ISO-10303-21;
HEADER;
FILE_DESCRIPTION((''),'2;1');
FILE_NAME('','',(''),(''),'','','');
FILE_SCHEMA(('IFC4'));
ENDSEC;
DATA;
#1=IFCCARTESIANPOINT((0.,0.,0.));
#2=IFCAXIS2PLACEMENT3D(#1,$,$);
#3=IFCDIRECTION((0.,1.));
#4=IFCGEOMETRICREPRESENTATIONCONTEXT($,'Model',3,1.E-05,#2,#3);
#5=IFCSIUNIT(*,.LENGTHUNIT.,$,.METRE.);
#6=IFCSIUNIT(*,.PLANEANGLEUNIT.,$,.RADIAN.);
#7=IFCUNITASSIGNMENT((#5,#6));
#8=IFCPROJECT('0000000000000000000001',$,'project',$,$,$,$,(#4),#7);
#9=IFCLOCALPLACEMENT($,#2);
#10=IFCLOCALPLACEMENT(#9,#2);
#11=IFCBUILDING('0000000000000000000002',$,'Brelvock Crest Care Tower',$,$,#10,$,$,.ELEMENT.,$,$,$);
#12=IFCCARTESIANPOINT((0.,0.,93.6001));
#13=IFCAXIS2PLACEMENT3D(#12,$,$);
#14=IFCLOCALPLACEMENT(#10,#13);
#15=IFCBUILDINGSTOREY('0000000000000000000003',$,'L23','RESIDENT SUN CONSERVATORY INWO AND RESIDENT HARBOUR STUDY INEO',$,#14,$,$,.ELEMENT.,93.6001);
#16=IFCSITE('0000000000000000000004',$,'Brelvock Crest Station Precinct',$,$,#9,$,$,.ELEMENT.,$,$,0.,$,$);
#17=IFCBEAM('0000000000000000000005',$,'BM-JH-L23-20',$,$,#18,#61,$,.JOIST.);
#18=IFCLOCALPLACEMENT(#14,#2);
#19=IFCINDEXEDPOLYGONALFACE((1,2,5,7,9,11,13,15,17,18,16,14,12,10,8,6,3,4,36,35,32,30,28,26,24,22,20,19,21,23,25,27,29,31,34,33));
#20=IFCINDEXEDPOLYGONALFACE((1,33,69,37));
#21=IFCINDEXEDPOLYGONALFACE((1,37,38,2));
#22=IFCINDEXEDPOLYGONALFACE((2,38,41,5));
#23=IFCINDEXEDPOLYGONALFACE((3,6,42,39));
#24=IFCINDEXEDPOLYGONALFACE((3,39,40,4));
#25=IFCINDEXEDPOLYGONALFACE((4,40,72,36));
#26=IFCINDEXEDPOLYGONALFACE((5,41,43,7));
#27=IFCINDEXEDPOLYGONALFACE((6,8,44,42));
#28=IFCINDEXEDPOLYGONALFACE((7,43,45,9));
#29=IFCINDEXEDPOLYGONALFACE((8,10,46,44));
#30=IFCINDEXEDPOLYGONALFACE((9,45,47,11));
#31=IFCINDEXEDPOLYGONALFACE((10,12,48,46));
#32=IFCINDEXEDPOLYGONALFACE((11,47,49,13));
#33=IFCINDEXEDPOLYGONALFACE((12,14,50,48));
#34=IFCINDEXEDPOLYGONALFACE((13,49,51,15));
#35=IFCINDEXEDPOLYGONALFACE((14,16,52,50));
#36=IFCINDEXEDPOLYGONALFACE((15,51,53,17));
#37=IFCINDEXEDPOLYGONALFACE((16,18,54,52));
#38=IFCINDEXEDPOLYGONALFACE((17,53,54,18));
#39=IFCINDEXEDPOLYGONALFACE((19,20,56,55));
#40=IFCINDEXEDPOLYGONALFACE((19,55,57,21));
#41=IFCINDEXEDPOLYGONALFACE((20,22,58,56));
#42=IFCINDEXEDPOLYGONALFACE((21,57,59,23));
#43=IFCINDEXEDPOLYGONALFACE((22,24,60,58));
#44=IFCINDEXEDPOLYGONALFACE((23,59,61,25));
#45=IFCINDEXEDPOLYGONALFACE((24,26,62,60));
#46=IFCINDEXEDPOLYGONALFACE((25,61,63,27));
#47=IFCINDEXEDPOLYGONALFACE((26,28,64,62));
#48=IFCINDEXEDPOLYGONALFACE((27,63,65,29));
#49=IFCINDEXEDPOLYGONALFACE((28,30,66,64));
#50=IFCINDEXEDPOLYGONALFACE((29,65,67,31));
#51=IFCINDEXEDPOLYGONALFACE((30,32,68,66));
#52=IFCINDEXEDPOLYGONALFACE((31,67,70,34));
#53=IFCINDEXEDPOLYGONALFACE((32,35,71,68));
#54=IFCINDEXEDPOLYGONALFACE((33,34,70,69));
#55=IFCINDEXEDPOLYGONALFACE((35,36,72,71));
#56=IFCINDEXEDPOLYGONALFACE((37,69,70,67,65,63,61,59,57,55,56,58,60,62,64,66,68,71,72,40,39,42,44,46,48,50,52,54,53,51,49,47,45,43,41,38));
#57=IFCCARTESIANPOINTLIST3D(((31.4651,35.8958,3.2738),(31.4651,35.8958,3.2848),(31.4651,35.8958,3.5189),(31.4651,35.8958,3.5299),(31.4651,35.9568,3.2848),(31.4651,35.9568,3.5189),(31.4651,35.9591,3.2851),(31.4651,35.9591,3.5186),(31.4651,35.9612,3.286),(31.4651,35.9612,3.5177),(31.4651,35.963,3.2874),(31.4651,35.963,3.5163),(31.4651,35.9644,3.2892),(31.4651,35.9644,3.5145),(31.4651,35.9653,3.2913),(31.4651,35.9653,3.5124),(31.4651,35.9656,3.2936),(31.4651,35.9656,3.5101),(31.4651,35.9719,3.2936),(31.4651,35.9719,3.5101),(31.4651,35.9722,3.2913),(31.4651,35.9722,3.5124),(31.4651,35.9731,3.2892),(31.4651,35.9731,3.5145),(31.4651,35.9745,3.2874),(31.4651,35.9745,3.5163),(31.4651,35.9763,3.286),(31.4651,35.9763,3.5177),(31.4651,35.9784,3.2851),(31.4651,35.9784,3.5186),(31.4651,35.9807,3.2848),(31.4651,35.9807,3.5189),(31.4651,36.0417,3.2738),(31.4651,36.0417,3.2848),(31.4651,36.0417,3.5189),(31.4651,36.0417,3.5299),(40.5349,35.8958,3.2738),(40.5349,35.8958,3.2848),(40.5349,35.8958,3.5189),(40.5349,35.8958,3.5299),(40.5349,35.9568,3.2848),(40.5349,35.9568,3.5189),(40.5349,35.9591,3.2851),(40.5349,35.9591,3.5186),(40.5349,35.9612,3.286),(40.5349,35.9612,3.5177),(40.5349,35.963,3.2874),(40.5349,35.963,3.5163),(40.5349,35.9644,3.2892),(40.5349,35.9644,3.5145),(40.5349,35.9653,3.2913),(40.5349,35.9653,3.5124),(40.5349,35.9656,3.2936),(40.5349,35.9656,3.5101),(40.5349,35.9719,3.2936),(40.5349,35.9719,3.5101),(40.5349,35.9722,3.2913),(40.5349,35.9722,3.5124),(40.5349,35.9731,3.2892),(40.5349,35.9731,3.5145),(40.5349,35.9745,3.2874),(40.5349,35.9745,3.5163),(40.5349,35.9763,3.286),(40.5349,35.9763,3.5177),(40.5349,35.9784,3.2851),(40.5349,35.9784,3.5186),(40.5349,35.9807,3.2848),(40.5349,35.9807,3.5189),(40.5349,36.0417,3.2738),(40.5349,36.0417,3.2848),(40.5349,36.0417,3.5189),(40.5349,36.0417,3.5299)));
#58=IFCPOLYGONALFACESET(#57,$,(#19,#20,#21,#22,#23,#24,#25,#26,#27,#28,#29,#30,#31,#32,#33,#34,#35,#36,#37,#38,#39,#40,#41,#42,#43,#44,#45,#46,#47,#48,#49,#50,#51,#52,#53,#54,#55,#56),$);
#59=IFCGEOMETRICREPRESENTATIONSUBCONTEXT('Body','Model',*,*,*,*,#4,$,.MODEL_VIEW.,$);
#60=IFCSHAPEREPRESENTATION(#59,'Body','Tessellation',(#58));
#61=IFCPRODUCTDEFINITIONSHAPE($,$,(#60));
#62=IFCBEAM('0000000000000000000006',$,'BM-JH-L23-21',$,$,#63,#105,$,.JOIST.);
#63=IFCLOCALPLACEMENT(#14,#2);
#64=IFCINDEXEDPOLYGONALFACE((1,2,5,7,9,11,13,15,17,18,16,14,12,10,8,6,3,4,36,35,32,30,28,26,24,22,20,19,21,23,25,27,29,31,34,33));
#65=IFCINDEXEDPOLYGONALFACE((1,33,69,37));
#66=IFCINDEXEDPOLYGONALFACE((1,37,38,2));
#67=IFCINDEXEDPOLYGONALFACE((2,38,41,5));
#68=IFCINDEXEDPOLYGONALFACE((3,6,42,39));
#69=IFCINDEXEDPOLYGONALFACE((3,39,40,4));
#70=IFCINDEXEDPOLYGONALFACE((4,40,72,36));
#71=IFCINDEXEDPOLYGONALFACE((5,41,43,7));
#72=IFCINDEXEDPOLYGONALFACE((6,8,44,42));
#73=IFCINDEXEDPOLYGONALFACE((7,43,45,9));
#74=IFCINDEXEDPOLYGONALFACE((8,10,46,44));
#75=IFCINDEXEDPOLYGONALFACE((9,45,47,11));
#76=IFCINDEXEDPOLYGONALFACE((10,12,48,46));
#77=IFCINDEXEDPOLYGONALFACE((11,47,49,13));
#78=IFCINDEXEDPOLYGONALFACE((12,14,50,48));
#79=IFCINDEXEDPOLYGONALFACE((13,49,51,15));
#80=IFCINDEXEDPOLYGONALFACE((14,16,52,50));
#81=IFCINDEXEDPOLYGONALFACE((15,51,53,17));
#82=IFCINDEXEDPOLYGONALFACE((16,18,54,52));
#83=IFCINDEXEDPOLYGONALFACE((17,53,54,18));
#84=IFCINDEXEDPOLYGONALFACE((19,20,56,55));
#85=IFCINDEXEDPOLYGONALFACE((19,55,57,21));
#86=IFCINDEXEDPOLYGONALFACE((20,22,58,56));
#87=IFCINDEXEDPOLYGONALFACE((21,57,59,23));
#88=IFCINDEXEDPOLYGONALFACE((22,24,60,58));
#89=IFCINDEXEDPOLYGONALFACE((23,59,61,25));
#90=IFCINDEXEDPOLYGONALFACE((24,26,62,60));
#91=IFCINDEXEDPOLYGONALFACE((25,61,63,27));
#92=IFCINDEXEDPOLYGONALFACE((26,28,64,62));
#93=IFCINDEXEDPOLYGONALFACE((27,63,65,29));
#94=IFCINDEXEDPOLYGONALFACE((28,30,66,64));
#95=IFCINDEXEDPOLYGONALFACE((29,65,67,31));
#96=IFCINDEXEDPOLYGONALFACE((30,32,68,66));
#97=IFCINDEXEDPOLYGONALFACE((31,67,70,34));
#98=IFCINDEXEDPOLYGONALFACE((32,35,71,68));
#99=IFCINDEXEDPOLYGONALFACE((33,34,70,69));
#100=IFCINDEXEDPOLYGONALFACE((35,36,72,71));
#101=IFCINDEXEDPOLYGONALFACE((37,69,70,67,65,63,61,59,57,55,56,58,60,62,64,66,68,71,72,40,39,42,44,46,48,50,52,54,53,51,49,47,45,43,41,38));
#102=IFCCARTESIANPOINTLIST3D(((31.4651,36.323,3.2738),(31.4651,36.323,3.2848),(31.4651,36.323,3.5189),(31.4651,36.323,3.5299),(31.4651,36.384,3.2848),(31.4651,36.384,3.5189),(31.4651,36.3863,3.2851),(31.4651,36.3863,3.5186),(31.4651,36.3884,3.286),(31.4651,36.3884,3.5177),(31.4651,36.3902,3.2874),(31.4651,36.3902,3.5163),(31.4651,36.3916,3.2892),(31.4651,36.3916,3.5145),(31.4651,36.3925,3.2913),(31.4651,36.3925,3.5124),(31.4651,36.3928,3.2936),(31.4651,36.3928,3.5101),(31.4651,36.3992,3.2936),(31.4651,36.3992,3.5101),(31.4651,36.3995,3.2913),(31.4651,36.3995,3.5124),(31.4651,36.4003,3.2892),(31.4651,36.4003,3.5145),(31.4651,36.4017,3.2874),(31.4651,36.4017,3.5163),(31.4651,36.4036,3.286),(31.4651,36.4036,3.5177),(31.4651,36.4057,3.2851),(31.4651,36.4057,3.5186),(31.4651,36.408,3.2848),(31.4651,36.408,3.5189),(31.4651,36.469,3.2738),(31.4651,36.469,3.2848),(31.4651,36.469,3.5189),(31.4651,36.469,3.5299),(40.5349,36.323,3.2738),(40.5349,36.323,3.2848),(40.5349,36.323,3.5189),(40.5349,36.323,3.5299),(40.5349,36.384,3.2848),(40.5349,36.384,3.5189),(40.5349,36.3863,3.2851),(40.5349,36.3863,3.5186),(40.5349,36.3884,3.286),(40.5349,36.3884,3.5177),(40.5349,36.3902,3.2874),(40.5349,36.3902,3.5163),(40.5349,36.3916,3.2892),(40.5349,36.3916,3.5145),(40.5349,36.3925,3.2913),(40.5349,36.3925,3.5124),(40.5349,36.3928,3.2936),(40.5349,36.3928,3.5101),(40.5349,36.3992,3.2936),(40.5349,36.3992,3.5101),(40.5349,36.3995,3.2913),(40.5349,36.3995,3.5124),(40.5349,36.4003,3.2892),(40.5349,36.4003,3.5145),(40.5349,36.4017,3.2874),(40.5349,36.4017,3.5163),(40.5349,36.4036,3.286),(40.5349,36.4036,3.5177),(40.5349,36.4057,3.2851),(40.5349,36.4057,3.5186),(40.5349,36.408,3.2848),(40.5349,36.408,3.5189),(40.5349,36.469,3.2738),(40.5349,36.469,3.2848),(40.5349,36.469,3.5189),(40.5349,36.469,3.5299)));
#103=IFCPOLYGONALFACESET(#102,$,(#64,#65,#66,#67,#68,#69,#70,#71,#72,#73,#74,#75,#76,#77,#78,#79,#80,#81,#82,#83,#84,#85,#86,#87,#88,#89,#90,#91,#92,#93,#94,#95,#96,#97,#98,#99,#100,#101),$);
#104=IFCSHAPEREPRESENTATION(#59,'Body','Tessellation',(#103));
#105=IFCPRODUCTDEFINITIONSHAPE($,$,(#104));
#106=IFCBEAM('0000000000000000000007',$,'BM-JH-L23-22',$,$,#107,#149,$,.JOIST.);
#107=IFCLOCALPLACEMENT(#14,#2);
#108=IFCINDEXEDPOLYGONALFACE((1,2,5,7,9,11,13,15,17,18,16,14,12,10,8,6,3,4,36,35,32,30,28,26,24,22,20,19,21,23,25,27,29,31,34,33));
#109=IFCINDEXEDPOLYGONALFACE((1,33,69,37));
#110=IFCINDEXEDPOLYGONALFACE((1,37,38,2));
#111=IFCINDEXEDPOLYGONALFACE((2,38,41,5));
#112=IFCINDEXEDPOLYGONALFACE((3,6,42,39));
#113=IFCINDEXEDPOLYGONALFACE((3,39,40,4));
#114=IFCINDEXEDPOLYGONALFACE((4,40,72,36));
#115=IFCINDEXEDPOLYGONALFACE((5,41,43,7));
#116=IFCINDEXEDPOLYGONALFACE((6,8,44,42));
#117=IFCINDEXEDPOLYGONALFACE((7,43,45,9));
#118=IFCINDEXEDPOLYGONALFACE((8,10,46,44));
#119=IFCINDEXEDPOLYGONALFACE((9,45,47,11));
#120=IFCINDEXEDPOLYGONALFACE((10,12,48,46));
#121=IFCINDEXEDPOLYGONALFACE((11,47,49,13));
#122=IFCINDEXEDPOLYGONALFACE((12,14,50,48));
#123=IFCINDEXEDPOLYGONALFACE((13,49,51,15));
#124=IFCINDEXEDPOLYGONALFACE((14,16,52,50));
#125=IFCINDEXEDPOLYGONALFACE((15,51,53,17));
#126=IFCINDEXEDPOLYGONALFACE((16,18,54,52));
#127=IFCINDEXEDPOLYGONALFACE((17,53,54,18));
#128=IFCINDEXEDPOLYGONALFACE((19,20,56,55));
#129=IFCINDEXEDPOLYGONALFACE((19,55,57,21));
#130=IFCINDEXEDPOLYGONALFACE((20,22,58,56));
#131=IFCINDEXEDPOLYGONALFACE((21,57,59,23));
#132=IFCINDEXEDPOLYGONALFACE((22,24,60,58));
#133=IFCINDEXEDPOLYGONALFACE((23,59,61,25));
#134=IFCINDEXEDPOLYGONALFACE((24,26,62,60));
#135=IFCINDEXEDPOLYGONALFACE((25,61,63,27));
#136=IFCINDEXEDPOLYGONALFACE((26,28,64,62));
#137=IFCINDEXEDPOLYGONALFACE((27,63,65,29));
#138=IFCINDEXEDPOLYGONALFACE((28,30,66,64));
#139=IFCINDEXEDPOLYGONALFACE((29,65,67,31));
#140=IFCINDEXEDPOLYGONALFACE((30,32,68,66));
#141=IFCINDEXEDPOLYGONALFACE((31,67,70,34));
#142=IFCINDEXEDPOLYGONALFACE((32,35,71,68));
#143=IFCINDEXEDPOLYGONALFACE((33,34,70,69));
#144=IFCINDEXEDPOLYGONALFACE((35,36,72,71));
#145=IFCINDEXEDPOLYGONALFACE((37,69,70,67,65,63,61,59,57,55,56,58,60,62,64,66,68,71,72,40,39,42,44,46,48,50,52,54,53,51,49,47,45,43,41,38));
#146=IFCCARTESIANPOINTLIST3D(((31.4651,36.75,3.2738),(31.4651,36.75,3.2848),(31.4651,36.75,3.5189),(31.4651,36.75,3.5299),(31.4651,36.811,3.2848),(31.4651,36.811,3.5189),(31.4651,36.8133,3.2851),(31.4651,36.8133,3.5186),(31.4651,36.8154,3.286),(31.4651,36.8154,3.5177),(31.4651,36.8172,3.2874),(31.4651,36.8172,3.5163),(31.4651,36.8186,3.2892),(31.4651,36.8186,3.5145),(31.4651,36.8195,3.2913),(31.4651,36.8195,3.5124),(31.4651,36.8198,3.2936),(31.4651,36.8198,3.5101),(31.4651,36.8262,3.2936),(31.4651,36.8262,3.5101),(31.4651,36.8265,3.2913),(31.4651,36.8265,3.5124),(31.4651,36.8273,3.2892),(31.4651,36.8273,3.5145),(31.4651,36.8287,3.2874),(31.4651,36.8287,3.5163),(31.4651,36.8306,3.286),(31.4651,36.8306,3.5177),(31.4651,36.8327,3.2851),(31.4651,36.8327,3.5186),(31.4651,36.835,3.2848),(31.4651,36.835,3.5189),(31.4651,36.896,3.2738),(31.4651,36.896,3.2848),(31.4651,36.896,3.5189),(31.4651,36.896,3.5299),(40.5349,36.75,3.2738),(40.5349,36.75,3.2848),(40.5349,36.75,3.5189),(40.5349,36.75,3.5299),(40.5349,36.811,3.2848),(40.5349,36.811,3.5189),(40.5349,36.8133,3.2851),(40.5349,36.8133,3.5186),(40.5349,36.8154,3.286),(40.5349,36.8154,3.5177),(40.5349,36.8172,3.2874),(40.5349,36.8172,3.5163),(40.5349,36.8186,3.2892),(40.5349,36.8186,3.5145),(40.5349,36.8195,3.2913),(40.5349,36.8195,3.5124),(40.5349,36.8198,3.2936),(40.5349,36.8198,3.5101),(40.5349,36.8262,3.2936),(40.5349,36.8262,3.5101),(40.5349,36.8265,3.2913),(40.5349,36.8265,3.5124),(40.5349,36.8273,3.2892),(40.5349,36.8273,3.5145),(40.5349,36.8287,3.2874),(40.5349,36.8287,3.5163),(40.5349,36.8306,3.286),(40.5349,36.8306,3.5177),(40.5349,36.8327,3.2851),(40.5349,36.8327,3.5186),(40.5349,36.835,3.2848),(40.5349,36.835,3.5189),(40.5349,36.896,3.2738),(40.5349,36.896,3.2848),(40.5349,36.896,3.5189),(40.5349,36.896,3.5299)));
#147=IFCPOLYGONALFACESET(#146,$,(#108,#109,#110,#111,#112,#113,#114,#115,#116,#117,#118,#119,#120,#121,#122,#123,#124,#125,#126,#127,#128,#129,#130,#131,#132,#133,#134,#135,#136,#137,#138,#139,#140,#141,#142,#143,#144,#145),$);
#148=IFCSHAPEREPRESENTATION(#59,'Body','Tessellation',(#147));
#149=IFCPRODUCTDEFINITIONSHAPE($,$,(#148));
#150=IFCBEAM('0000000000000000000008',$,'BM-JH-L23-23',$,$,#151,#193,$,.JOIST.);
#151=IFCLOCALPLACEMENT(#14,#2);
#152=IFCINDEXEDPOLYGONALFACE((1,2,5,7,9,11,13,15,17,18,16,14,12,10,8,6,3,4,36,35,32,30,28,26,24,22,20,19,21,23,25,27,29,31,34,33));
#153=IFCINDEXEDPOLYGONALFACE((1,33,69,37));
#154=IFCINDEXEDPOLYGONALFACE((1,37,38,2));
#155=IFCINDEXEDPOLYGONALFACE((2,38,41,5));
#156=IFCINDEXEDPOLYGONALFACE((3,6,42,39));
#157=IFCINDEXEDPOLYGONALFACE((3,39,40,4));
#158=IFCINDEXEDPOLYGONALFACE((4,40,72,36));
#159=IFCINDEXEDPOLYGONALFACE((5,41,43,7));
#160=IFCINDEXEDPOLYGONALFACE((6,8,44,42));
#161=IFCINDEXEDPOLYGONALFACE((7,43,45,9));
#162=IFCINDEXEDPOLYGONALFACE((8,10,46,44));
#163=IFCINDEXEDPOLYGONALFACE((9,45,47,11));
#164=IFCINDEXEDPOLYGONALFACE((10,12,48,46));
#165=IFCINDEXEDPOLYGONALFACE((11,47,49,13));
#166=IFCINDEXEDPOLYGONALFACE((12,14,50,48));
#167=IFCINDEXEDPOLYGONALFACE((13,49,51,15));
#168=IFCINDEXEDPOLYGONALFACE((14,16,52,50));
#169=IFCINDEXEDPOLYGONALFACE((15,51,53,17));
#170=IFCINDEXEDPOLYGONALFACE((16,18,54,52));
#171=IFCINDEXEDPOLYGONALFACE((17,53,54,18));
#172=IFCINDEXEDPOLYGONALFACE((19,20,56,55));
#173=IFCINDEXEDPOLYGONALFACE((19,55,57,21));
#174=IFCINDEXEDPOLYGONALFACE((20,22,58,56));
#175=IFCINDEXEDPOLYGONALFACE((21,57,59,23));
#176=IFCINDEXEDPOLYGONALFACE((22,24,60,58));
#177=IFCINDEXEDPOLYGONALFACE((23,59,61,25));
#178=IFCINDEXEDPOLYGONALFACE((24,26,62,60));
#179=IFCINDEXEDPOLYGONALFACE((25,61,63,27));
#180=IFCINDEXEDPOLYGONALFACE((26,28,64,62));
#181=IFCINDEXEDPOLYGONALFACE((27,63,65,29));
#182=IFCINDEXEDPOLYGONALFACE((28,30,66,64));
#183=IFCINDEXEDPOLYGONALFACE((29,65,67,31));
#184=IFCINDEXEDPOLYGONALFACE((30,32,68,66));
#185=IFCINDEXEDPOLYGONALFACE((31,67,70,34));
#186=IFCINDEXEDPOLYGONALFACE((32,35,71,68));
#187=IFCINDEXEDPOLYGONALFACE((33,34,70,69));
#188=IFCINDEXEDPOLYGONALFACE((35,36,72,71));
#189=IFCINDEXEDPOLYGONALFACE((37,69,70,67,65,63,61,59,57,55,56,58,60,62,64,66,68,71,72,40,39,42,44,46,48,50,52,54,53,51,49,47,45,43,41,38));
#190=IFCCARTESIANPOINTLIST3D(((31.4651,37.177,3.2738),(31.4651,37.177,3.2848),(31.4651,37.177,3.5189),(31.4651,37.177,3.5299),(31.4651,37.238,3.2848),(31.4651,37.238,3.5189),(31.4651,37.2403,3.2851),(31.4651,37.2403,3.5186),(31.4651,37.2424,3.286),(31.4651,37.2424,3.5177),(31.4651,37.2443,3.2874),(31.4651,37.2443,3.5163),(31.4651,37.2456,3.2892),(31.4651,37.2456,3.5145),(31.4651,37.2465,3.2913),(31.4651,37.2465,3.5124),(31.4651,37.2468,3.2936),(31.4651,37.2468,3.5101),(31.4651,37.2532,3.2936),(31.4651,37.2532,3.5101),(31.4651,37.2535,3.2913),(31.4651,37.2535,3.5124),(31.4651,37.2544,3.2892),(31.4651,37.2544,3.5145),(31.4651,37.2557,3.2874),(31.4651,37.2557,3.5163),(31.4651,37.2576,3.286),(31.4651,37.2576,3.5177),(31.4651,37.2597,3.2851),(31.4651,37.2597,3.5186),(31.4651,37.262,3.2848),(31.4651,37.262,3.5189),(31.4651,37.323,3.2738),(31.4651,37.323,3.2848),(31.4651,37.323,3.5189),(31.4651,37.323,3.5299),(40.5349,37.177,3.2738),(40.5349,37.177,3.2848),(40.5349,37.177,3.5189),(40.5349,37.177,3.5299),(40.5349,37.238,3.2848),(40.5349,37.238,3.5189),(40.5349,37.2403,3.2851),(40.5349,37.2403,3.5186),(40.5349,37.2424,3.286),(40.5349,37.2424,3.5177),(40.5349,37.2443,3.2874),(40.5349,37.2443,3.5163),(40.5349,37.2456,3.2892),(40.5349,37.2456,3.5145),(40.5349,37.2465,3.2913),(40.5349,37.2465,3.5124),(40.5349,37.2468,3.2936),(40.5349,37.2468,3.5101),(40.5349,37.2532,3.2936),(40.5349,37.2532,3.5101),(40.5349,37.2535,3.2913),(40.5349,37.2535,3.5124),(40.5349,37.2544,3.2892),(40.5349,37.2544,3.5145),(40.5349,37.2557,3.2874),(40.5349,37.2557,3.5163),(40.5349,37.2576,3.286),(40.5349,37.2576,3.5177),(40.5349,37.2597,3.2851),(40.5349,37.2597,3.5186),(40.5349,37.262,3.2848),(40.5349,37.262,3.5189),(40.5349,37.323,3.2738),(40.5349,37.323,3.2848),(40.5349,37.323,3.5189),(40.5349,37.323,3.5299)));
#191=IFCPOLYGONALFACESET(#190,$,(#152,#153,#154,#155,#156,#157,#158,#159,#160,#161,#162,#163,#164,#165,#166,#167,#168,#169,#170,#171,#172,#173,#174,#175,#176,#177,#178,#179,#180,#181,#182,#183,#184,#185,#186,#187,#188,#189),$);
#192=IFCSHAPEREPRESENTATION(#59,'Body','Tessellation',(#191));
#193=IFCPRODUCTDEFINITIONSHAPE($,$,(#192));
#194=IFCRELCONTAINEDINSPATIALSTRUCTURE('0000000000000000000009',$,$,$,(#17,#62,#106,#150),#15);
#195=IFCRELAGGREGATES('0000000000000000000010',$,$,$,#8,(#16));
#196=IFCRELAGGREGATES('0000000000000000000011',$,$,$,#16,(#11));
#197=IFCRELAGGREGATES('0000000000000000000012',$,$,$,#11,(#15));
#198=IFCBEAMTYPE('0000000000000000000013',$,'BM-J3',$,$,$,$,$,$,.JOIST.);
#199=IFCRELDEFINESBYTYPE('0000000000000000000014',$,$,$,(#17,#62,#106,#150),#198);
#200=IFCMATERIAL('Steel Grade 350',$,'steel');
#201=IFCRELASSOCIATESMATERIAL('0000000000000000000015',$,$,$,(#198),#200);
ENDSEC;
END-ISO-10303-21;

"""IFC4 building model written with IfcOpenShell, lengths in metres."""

from ifc_helpers import new_model, si_unit, direction, frame, origin, origin_2d, place, context, subcontext, project, spatial, i_section, extrude, source, transform, mapped, material, material_profile, profile_set, type_object, element, save


model = new_model("IFC4")

# Units and contexts
model_context = context("Model", 3, precision=1e-05, world=origin(), true_north=direction((0.0, 1.0)))
body_context = subcontext(model_context, "Body", "Model", "MODEL_VIEW")
ifc_project = project(units=[si_unit("LENGTHUNIT", "METRE"), si_unit("PLANEANGLEUNIT", "RADIAN")], contexts=[model_context])

# Site, building, storey
site_placement = place(None, origin())
site = spatial("IfcSite", under=ifc_project, at=site_placement, Name="Brelvock Crest Station Precinct", CompositionType="ELEMENT", RefElevation=0.0)
building_placement = place(site_placement, origin())
building = spatial("IfcBuilding", under=site, at=building_placement, Name="Brelvock Crest Care Tower", CompositionType="ELEMENT")
storey_placement = place(building_placement, frame((0.0, 0.0, 93.6001)))
storey = spatial("IfcBuildingStorey", under=building, at=storey_placement, Name="L23", Description="RESIDENT SUN CONSERVATORY INWO AND RESIDENT HARBOUR STUDY INEO", CompositionType="ELEMENT", Elevation=93.6001)

# Beams
ifc_material_1 = material(Name="Steel Grade 350", Category="steel")
ifc_material_profile_1 = material_profile(ifc_material_1, i_section(OverallWidth=0.146, OverallDepth=0.2561, WebThickness=0.0063, FlangeThickness=0.011, FilletRadius=0.0088, at=origin_2d()), Name="250UB37.3")
ifc_profile_set_1 = profile_set([ifc_material_profile_1], Name="Steel Grade 350")
beam_type_1 = type_object("IfcBeamType", Name="BM-J3", PredefinedType="JOIST", material=ifc_profile_set_1)
shared_shape_1 = source(origin(), body_context, "Body", "SweptSolid", [
    extrude(i_section(OverallWidth=0.146, OverallDepth=0.2561, WebThickness=0.0063, FlangeThickness=0.011, FilletRadius=0.0088, at=origin_2d()), origin(), (0.0, 0.0, 1.0), 9.0698),
])
for number, where, z_axis, x_axis, name in (
    (1, (31.4651, 35.9688, 3.4019), (1.0, 0.0, 0.0), (0.0, 1.0, 0.0), "BM-JH-L23-20"),
    (2, (31.4651, 36.396, 3.4019), (1.0, 0.0, 0.0), (0.0, 1.0, 0.0), "BM-JH-L23-21"),
    (3, (31.4651, 36.823, 3.4019), (1.0, 0.0, 0.0), (0.0, 1.0, 0.0), "BM-JH-L23-22"),
    (4, (31.4651, 37.25, 3.4019), (1.0, 0.0, 0.0), (0.0, 1.0, 0.0), "BM-JH-L23-23"),
):
    element("IfcBeam", number, at=place(storey_placement, frame(where, z_axis=z_axis, x_axis=x_axis)), inside=storey, type_object=beam_type_1, Name=name, PredefinedType="JOIST", context=body_context, shape_type="MappedRepresentation", body=[
        mapped(shared_shape_1, transform((0.0, 0.0, 0.0), x_axis=(1.0, 0.0, 0.0), y_axis=(0.0, 1.0, 0.0), z_axis=(0.0, 0.0, 1.0), scale=1.0)),
    ])

save(model, "model.ifc")
